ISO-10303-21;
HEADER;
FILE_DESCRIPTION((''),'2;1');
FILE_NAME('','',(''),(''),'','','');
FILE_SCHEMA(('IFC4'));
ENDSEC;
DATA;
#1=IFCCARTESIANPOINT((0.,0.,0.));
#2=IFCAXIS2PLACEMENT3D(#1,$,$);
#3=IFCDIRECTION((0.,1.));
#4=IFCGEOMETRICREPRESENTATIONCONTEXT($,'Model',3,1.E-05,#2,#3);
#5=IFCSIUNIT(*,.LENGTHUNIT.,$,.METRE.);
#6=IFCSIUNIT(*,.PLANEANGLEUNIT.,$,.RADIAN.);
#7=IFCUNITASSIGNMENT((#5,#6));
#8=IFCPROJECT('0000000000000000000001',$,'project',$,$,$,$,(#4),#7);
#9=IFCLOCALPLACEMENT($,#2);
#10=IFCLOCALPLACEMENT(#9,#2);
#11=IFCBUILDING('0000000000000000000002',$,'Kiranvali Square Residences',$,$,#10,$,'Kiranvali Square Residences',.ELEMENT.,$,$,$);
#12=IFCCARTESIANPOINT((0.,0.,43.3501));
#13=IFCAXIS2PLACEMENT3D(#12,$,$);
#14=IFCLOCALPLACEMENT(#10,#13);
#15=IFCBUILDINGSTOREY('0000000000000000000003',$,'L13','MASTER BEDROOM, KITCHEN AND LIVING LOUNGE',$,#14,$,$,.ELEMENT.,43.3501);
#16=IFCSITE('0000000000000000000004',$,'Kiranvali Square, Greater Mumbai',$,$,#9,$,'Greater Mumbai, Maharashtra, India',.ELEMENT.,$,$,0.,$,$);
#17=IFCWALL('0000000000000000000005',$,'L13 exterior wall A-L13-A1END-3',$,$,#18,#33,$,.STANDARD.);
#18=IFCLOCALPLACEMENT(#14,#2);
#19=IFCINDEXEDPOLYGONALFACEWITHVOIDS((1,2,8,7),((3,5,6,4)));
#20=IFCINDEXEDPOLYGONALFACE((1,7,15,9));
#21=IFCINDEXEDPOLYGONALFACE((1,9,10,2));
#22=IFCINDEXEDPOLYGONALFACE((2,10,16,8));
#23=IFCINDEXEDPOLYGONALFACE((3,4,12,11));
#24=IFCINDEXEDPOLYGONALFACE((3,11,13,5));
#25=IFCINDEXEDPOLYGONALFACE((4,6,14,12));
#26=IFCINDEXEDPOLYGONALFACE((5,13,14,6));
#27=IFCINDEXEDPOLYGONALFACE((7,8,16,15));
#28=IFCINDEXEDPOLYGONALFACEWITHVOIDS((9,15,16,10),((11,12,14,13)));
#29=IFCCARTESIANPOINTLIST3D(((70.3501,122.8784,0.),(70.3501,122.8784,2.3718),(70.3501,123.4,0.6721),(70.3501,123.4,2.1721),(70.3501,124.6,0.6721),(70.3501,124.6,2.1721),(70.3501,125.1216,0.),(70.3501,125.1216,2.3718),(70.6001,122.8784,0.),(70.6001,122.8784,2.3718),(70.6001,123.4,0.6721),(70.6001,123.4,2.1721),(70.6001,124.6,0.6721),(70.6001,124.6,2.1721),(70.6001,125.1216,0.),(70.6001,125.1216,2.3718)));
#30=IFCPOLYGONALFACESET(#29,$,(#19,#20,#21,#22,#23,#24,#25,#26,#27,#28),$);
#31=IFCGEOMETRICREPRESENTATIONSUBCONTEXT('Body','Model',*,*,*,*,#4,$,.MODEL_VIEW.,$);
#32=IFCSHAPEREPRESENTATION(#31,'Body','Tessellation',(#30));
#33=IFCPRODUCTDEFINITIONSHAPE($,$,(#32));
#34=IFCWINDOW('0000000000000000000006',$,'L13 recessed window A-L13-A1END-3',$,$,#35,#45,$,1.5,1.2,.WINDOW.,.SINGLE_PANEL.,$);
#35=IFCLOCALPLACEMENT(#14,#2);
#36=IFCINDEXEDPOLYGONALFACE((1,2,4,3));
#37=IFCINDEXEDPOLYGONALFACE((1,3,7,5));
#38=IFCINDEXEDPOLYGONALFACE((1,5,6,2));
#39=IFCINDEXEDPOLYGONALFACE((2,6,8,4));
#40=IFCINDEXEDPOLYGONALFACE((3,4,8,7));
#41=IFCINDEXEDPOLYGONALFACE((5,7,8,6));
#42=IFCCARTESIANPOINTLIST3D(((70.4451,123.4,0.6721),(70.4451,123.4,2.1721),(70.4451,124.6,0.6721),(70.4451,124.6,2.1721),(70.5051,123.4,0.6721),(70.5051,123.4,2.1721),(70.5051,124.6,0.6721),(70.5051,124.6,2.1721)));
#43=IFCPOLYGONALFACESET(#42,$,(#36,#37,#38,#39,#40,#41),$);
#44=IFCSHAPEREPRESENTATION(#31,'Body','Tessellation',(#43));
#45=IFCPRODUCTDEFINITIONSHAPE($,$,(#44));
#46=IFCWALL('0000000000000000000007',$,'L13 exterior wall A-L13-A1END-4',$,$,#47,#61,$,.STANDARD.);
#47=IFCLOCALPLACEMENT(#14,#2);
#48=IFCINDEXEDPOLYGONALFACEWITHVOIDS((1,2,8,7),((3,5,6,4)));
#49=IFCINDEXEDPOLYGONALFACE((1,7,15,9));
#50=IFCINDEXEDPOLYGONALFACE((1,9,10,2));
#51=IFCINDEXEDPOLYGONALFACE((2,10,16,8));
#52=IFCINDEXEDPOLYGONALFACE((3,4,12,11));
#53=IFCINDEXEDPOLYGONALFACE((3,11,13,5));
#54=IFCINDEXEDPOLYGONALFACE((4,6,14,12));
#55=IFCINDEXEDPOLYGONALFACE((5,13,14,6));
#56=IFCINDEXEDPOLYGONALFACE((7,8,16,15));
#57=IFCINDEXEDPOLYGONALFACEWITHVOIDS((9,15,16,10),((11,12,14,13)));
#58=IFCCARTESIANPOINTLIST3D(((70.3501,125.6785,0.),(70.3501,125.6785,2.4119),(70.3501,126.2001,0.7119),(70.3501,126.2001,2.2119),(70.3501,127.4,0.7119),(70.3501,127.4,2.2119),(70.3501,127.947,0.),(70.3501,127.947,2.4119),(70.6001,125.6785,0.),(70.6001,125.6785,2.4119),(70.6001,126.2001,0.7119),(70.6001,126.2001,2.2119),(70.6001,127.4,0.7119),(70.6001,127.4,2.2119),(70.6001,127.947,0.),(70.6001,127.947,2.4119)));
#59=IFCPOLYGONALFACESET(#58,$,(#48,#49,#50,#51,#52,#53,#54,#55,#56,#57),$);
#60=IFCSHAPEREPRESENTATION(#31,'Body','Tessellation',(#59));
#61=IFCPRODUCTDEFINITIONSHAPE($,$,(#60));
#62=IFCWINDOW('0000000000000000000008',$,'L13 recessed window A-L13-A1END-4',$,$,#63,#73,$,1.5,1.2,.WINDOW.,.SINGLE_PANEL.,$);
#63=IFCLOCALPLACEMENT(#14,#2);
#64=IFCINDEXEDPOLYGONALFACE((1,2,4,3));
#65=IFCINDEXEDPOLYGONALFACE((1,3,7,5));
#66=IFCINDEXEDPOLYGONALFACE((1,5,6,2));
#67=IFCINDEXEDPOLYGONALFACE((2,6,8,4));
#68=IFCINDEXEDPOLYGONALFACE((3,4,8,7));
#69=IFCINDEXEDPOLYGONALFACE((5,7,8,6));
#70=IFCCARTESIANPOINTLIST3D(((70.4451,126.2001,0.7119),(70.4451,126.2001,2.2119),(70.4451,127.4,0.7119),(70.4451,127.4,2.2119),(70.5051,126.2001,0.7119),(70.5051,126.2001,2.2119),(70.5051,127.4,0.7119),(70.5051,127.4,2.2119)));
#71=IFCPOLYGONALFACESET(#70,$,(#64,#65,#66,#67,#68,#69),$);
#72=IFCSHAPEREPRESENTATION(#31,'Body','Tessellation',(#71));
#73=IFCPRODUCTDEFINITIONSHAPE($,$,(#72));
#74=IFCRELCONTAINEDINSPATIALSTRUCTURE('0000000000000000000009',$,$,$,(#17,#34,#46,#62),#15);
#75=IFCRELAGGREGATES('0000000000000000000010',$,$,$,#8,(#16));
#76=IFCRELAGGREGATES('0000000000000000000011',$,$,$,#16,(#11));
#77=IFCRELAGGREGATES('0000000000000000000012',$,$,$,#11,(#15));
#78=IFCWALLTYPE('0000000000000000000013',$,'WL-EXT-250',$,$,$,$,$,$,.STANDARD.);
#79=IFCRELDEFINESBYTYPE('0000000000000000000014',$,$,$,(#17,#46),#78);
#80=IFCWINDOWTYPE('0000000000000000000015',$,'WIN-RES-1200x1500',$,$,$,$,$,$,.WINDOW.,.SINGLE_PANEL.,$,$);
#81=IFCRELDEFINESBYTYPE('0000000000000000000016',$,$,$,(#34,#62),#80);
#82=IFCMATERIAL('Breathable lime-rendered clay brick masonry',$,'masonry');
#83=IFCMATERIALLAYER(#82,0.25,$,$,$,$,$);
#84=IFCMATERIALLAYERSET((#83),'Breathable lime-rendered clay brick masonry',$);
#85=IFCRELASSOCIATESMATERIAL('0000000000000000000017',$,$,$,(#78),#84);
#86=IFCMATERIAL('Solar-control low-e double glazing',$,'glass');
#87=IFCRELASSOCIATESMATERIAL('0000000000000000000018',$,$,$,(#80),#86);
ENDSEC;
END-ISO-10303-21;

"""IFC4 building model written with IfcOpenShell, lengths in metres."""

from ifc_helpers import new_model, si_unit, direction, frame, frame_2d, origin, place, context, subcontext, project, spatial, rectangle, extrude, material, layer, layer_set, type_object, element, fill, save


model = new_model("IFC4")

# Units and contexts
model_context = context("Model", 3, precision=1e-05, world=origin(), true_north=direction((0.0, 1.0)))
body_context = subcontext(model_context, "Body", "Model", "MODEL_VIEW")
ifc_project = project(units=[si_unit("LENGTHUNIT", "METRE"), si_unit("PLANEANGLEUNIT", "RADIAN")], contexts=[model_context])

# Site, building, storey
site_placement = place(None, origin())
site = spatial("IfcSite", under=ifc_project, at=site_placement, Name="Kiranvali Square, Greater Mumbai", LongName="Greater Mumbai, Maharashtra, India", CompositionType="ELEMENT", RefElevation=0.0)
building_placement = place(site_placement, origin())
building = spatial("IfcBuilding", under=site, at=building_placement, Name="Kiranvali Square Residences", LongName="Kiranvali Square Residences", CompositionType="ELEMENT")
storey_placement = place(building_placement, frame((0.0, 0.0, 43.3501)))
storey = spatial("IfcBuildingStorey", under=building, at=storey_placement, Name="L13", Description="MASTER BEDROOM, KITCHEN AND LIVING LOUNGE", CompositionType="ELEMENT", Elevation=43.3501)

# Walls, openings, windows
ifc_material_1 = material(Name="Breathable lime-rendered clay brick masonry", Category="masonry")
ifc_layer = layer(ifc_material_1, 0.25)
ifc_layer_set = layer_set([ifc_layer], Name="Breathable lime-rendered clay brick masonry")
wall_type = type_object("IfcWallType", Name="WL-EXT-250", PredefinedType="STANDARD", material=ifc_layer_set)
ifc_material_2 = material(Name="Solar-control low-e double glazing", Category="glass")
window_type_1 = type_object("IfcWindowType", Name="WIN-RES-1200x1500", PartitioningType="SINGLE_PANEL", PredefinedType="WINDOW", material=ifc_material_2)
wall_1_placement = place(storey_placement, frame((70.4751, 122.8784, 0.0), z_axis=(0.0, 0.0, 1.0), x_axis=(0.0, 1.0, 0.0)))
wall_1 = element("IfcWall", 1, at=wall_1_placement, inside=storey, type_object=wall_type, Name="L13 exterior wall A-L13-A1END-3", PredefinedType="STANDARD", context=body_context, shape_type="SweptSolid", body=[
    extrude(rectangle(XDim=2.2432, YDim=0.25, at=frame_2d((1.1216, 0.0))), origin(), (0.0, 0.0, 1.0), 2.3718),
])
opening_1_placement = place(wall_1_placement, frame((0.5215, 0.0, 0.6721)))
opening_1 = element("IfcOpeningElement", 2, at=opening_1_placement, cuts=wall_1, PredefinedType="OPENING", context=body_context, shape_type="SweptSolid", body=[
    extrude(rectangle(XDim=1.2, YDim=1.5, at=frame_2d((0.6001, 0.75))), frame((0.0, 0.135, 0.0), z_axis=(0.0, -1.0, 0.0), x_axis=(1.0, 0.0, 0.0)), (0.0, 0.0, 1.0), 0.27),
])
window_1_placement = place(opening_1_placement, origin())
window_1 = element("IfcWindow", 3, at=window_1_placement, inside=storey, type_object=window_type_1, Name="L13 recessed window A-L13-A1END-3", OverallHeight=1.5, OverallWidth=1.2, PartitioningType="SINGLE_PANEL", PredefinedType="WINDOW", context=body_context, shape_type="SweptSolid", body=[
    extrude(rectangle(XDim=1.2, YDim=1.5, at=frame_2d((0.6001, 0.75))), frame((0.0, 0.03, 0.0), z_axis=(0.0, -1.0, 0.0), x_axis=(1.0, 0.0, 0.0)), (0.0, 0.0, 1.0), 0.0601),
])
fill(opening_1, window_1)
wall_2_placement = place(storey_placement, frame((70.4751, 125.6785, 0.0), z_axis=(0.0, 0.0, 1.0), x_axis=(0.0, 1.0, 0.0)))
wall_2 = element("IfcWall", 4, at=wall_2_placement, inside=storey, type_object=wall_type, Name="L13 exterior wall A-L13-A1END-4", PredefinedType="STANDARD", context=body_context, shape_type="SweptSolid", body=[
    extrude(rectangle(XDim=2.2686, YDim=0.25, at=frame_2d((1.1343, 0.0))), origin(), (0.0, 0.0, 1.0), 2.4119),
])
opening_2_placement = place(wall_2_placement, frame((0.5215, 0.0, 0.7119)))
opening_2 = element("IfcOpeningElement", 5, at=opening_2_placement, cuts=wall_2, PredefinedType="OPENING", context=body_context, shape_type="SweptSolid", body=[
    extrude(rectangle(XDim=1.2, YDim=1.5, at=frame_2d((0.6001, 0.75))), frame((0.0, 0.135, 0.0), z_axis=(0.0, -1.0, 0.0), x_axis=(1.0, 0.0, 0.0)), (0.0, 0.0, 1.0), 0.27),
])
window_2_placement = place(opening_2_placement, origin())
window_2 = element("IfcWindow", 6, at=window_2_placement, inside=storey, type_object=window_type_1, Name="L13 recessed window A-L13-A1END-4", OverallHeight=1.5, OverallWidth=1.2, PartitioningType="SINGLE_PANEL", PredefinedType="WINDOW", context=body_context, shape_type="SweptSolid", body=[
    extrude(rectangle(XDim=1.2, YDim=1.5, at=frame_2d((0.6001, 0.75))), frame((0.0, 0.03, 0.0), z_axis=(0.0, -1.0, 0.0), x_axis=(1.0, 0.0, 0.0)), (0.0, 0.0, 1.0), 0.0601),
])
fill(opening_2, window_2)

save(model, "model.ifc")
